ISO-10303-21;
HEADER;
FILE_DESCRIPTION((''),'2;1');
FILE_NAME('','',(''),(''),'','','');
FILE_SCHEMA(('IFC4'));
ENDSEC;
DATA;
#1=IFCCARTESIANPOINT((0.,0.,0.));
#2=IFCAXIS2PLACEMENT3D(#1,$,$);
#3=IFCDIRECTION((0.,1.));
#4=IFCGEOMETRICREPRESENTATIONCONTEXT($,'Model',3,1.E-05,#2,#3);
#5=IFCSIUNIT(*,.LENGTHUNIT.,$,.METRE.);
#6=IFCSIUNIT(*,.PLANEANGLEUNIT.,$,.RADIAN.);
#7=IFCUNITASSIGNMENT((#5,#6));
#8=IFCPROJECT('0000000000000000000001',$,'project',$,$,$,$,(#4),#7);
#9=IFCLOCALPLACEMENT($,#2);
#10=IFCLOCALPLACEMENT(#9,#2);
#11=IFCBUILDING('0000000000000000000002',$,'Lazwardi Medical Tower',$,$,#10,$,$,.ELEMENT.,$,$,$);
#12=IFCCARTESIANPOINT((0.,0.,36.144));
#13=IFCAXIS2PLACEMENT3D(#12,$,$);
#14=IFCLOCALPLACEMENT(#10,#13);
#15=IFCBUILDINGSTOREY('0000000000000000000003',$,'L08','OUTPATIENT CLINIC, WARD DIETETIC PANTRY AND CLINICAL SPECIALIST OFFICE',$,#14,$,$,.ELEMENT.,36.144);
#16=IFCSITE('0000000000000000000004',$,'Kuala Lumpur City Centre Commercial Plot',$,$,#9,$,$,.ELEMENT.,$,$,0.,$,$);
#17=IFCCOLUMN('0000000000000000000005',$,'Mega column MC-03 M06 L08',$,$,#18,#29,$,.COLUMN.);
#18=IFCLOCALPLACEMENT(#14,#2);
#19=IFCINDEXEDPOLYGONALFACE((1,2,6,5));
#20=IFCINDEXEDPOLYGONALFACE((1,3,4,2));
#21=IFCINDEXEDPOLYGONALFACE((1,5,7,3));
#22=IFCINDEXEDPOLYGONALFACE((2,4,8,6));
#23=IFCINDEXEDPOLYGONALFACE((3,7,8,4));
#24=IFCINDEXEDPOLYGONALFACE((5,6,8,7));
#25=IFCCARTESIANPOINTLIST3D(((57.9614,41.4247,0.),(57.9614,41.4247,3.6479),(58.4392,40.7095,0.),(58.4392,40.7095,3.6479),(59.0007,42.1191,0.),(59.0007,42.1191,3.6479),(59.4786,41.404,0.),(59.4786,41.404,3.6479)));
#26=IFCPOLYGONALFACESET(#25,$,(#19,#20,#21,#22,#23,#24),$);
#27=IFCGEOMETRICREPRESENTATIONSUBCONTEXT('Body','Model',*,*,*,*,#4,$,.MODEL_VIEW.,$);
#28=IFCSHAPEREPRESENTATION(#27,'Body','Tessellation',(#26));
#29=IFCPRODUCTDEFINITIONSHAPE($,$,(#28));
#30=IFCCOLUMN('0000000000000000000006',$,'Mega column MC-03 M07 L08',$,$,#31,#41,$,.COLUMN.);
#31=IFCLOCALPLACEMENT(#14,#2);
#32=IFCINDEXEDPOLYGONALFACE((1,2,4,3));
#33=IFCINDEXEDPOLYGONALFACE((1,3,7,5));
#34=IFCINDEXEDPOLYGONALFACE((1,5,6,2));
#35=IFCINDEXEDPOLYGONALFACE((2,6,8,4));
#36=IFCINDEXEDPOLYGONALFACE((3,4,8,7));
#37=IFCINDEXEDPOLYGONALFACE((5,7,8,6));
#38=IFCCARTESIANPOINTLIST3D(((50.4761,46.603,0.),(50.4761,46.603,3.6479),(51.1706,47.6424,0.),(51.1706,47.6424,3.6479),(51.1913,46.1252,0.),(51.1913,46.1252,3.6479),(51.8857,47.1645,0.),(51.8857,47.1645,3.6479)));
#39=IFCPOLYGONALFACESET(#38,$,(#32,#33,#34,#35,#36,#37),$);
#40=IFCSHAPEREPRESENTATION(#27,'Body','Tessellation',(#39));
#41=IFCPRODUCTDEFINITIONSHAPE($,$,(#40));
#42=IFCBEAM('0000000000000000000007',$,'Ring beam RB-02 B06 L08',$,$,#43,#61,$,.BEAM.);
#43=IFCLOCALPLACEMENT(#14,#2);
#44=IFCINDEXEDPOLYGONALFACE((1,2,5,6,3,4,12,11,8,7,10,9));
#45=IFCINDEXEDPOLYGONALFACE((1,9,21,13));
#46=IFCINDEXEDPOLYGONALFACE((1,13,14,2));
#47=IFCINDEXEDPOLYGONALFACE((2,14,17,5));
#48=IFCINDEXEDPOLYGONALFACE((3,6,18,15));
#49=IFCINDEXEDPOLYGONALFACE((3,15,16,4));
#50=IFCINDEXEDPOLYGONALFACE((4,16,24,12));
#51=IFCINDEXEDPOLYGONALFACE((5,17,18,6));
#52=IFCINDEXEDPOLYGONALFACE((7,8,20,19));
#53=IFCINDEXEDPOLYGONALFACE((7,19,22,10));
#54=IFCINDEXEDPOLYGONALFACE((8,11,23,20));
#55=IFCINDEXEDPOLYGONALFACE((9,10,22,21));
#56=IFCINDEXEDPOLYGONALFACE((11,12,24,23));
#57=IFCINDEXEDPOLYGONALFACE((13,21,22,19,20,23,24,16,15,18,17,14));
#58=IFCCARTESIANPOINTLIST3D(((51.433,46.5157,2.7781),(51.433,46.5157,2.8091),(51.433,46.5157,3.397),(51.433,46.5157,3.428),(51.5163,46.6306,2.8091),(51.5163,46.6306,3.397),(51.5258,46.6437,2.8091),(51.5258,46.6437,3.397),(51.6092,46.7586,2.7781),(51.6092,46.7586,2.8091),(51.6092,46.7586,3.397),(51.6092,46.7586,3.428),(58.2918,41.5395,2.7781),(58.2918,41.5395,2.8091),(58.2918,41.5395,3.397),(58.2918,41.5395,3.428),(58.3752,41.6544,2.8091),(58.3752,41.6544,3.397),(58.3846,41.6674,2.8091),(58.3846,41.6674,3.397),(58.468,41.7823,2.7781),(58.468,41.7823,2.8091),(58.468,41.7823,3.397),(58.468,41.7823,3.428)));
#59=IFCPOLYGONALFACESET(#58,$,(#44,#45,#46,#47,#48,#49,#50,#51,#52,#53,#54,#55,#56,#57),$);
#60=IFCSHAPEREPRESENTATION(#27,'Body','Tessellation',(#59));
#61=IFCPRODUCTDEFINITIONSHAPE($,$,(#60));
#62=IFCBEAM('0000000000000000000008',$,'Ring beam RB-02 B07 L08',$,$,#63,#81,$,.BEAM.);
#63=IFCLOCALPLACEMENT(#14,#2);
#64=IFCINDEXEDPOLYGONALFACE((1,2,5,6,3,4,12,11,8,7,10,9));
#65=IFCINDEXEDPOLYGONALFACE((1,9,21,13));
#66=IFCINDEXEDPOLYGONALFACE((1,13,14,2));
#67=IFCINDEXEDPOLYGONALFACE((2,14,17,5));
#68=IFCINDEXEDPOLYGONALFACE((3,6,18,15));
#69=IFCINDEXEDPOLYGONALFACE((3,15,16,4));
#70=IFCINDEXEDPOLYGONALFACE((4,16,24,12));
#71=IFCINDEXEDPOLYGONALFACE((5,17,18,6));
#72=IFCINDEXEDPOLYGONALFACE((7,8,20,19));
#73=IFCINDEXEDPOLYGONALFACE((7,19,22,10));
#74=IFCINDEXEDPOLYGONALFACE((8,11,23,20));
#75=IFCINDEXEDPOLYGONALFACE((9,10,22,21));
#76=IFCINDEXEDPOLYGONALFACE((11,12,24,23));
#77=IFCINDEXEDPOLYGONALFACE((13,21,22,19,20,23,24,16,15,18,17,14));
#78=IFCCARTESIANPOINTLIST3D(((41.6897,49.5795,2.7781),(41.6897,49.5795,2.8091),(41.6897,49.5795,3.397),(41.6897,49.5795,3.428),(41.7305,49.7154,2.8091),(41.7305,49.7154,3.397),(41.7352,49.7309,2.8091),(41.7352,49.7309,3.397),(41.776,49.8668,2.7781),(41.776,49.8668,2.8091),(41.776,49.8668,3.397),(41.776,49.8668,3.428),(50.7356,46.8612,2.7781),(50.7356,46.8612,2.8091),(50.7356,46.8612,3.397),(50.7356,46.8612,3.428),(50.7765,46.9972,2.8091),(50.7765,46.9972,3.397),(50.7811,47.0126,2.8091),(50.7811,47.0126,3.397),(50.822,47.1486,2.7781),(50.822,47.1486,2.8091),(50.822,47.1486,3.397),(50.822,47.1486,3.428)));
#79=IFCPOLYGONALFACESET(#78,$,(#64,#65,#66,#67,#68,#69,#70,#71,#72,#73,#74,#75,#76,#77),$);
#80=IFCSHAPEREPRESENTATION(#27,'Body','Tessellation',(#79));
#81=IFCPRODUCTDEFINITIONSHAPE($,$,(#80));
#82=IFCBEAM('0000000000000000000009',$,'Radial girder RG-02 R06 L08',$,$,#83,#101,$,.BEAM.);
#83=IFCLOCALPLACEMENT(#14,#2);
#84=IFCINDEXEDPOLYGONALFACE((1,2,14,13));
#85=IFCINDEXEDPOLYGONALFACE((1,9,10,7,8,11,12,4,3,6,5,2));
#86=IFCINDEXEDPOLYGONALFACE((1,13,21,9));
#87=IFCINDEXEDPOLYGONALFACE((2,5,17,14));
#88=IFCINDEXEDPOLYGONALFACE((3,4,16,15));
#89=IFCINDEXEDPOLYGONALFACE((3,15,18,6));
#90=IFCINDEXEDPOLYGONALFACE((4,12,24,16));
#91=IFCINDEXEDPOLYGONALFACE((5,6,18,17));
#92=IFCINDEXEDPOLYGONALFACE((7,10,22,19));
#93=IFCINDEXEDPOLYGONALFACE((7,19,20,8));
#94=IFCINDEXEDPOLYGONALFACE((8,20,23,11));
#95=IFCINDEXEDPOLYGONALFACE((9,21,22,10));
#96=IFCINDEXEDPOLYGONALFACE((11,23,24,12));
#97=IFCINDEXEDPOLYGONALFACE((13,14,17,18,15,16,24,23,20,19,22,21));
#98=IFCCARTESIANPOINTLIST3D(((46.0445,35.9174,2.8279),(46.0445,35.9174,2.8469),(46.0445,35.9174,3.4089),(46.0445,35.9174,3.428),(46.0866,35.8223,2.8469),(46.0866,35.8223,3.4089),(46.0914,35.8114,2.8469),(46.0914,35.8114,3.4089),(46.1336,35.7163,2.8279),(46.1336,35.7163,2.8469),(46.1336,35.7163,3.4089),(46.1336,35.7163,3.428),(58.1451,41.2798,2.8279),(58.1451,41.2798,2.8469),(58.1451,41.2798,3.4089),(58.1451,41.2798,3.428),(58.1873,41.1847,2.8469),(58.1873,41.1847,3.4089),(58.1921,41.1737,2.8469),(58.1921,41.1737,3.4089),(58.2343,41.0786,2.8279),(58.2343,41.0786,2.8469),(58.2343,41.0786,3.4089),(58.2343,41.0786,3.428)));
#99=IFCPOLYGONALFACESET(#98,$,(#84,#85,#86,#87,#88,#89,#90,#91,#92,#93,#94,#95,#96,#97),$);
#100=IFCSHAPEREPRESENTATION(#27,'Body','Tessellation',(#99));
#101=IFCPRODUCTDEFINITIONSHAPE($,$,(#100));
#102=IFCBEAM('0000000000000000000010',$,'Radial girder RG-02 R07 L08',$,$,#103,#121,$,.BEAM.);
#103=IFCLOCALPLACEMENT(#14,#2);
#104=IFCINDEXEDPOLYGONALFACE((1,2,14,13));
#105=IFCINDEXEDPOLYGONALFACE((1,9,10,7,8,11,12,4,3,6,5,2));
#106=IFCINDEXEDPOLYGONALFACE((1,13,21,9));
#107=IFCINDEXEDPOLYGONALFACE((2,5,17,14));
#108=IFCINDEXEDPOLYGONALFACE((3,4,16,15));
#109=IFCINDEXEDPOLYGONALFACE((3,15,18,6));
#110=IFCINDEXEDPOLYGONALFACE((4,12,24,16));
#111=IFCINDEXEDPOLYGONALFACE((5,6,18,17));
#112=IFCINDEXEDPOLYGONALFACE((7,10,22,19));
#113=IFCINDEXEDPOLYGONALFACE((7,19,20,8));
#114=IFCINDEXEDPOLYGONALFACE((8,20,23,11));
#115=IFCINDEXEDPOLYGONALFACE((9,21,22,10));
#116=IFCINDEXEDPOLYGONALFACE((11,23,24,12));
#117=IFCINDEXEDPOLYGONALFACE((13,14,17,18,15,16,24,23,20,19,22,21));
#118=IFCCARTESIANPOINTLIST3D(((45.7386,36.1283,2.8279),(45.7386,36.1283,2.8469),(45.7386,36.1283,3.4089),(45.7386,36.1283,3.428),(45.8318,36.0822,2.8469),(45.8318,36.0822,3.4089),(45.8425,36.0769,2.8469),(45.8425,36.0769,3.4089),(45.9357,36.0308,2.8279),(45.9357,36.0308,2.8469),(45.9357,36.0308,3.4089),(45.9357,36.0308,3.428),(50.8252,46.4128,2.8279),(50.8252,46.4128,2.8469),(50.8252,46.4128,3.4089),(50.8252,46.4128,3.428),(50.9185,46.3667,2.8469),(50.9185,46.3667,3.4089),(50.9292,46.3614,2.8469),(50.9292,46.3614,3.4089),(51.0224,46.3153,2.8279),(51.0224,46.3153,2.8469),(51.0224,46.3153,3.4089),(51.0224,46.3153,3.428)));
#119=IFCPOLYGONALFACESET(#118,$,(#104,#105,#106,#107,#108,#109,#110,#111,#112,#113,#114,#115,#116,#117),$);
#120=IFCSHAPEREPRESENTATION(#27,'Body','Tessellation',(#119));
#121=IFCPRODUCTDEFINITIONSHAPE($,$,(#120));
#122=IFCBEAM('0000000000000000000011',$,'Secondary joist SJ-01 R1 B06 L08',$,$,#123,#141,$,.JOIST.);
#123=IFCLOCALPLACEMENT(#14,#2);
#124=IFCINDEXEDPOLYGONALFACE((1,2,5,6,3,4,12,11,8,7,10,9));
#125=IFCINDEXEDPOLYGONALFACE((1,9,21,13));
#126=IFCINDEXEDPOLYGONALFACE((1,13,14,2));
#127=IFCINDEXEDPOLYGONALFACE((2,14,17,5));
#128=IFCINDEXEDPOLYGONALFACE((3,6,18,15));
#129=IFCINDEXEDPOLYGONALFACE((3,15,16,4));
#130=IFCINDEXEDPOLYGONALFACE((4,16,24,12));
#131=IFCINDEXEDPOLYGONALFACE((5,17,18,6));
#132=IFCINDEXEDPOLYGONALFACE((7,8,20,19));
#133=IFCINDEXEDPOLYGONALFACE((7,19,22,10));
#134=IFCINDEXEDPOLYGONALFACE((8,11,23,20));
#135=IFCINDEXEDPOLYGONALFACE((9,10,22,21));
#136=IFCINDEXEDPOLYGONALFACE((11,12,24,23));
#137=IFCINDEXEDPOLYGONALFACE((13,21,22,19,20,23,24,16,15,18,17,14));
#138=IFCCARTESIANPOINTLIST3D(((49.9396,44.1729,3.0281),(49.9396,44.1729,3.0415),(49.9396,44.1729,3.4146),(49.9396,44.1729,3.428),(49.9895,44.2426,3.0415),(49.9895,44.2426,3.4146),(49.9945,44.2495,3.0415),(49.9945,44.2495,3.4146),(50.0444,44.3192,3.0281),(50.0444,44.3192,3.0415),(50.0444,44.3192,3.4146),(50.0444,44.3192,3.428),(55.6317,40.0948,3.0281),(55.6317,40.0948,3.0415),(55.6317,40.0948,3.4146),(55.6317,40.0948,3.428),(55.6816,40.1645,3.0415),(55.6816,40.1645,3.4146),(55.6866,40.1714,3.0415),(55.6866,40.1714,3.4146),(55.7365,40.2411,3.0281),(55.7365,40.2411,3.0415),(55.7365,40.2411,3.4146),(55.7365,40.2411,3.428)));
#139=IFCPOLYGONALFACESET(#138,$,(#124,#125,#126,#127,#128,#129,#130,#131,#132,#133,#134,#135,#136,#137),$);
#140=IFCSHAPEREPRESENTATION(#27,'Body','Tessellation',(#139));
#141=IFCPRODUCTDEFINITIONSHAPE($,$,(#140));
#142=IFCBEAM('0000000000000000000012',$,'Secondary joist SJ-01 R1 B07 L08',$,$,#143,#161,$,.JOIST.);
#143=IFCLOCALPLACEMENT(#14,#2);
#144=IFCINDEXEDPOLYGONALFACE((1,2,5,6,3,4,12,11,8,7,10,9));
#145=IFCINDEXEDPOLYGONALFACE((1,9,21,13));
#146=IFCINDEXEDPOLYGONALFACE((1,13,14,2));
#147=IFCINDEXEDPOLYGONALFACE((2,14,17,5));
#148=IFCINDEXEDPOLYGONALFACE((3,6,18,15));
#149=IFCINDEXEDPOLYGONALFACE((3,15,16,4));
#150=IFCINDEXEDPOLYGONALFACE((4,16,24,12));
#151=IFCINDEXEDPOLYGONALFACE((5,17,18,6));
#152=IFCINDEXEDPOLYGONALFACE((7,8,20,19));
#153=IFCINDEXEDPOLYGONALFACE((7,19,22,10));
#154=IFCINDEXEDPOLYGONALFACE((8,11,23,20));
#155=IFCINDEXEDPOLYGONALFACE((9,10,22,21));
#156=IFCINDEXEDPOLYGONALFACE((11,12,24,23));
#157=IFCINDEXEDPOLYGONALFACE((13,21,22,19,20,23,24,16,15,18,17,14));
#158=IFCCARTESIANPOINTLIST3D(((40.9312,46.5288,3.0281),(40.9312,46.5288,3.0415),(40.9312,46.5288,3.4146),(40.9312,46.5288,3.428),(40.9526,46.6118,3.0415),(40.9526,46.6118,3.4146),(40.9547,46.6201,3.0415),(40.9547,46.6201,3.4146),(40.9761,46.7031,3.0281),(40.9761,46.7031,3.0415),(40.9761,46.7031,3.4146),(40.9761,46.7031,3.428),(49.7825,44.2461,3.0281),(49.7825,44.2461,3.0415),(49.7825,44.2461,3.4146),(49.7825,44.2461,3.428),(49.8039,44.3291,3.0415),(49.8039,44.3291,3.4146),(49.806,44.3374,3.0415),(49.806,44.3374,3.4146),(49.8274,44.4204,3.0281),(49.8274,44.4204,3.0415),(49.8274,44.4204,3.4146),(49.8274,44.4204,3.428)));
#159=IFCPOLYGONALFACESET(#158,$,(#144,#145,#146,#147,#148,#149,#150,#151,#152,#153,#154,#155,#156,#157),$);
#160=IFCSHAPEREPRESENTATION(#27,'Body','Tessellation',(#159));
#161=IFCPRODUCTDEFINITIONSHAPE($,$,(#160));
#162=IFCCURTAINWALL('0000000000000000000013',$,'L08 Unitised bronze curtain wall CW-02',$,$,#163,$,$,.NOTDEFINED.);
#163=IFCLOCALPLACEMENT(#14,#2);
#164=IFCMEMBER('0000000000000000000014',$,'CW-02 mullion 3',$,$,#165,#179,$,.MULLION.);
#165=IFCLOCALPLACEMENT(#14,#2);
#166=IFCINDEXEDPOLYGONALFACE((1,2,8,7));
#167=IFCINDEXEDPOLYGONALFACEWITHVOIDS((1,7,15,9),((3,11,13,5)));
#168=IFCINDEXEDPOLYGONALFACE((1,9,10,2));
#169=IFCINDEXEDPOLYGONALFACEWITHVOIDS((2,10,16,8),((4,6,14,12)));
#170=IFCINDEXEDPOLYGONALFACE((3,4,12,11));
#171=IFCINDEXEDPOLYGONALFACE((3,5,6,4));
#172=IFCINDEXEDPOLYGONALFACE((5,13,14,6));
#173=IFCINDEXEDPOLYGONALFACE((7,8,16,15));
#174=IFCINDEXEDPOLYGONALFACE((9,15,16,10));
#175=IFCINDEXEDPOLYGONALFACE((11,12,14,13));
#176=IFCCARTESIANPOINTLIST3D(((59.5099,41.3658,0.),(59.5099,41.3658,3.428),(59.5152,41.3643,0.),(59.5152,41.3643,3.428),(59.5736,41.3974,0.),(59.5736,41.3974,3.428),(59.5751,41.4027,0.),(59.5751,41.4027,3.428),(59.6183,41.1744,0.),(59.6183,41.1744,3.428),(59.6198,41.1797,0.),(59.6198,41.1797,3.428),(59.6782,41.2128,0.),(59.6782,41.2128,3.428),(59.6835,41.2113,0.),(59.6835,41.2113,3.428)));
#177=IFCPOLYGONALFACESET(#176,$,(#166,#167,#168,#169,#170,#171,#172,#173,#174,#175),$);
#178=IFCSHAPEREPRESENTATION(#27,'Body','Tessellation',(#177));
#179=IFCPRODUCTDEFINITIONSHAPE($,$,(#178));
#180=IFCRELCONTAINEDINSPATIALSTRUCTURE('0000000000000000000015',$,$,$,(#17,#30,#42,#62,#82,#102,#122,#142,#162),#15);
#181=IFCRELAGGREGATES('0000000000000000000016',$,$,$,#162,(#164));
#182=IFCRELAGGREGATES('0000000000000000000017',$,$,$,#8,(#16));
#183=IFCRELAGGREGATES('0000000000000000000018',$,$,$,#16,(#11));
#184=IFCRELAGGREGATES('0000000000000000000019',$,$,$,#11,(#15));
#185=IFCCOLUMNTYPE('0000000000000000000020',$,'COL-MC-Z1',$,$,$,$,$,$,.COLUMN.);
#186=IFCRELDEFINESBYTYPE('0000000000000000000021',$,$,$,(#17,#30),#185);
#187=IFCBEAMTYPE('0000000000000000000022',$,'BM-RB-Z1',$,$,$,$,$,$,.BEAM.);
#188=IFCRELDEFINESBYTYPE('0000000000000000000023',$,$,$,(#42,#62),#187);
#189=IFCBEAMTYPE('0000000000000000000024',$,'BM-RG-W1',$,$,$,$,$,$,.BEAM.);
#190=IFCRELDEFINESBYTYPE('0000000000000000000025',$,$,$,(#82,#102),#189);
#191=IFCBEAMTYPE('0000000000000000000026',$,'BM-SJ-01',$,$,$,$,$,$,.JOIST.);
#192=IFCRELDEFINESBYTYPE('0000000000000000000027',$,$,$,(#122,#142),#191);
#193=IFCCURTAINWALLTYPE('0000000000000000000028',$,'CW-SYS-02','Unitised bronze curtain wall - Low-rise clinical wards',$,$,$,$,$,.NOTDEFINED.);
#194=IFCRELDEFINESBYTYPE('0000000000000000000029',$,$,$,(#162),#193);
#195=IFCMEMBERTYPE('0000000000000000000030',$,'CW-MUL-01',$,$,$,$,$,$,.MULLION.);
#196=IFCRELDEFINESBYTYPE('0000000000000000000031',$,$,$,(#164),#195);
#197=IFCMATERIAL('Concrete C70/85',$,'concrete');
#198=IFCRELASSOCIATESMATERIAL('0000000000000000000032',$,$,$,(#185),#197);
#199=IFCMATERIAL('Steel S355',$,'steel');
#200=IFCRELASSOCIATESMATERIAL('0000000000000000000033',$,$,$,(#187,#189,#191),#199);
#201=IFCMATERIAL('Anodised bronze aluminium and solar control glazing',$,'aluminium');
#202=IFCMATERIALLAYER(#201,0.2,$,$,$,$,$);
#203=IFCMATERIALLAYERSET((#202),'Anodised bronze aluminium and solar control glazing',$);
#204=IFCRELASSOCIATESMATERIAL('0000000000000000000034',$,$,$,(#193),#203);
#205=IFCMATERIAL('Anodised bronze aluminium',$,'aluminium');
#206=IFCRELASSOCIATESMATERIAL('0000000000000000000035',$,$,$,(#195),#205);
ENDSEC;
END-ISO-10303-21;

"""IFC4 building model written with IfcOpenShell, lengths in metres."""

from ifc_helpers import new_model, si_unit, direction, frame, origin, origin_2d, place, context, subcontext, project, spatial, rectangle, hollow_rectangle, i_section, extrude, material, layer, layer_set, material_profile, profile_set, type_object, element, aggregate, save


model = new_model("IFC4")

# Units and contexts
model_context = context("Model", 3, precision=1e-05, world=origin(), true_north=direction((0.0, 1.0)))
body_context = subcontext(model_context, "Body", "Model", "MODEL_VIEW")
ifc_project = project(units=[si_unit("LENGTHUNIT", "METRE"), si_unit("PLANEANGLEUNIT", "RADIAN")], contexts=[model_context])

# Site, building, storey
site_placement = place(None, origin())
site = spatial("IfcSite", under=ifc_project, at=site_placement, Name="Kuala Lumpur City Centre Commercial Plot", CompositionType="ELEMENT", RefElevation=0.0)
building_placement = place(site_placement, origin())
building = spatial("IfcBuilding", under=site, at=building_placement, Name="Lazwardi Medical Tower", CompositionType="ELEMENT")
storey_placement = place(building_placement, frame((0.0, 0.0, 36.144)))
storey = spatial("IfcBuildingStorey", under=building, at=storey_placement, Name="L08", Description="OUTPATIENT CLINIC, WARD DIETETIC PANTRY AND CLINICAL SPECIALIST OFFICE", CompositionType="ELEMENT", Elevation=36.144)

# Columns
ifc_material_1 = material(Name="Concrete C70/85", Category="concrete")
ifc_material_profile_1 = material_profile(ifc_material_1, rectangle(XDim=1.25, YDim=0.8601, at=origin_2d()), Name="CFT-RECT 1250x860")
ifc_profile_set_1 = profile_set([ifc_material_profile_1], Name="Concrete C70/85")
column_type = type_object("IfcColumnType", Name="COL-MC-Z1", PredefinedType="COLUMN", material=ifc_profile_set_1)
for number, where, z_axis, x_axis, name in (
    (1, (58.72, 41.4143, 0.0), (0.0, 0.0, 1.0), (0.83147, 0.55557, 0.0), "Mega column MC-03 M06 L08"),
    (2, (51.1809, 46.8838, 0.0), (0.0, 0.0, 1.0), (0.55557, 0.83147, 0.0), "Mega column MC-03 M07 L08"),
):
    element("IfcColumn", number, at=place(storey_placement, frame(where, z_axis=z_axis, x_axis=x_axis)), inside=storey, type_object=column_type, Name=name, PredefinedType="COLUMN", context=body_context, shape_type="SweptSolid", body=[
        extrude(rectangle(XDim=1.25, YDim=0.8601, at=origin_2d()), origin(), (0.0, 0.0, 1.0), 3.6479),
    ])

# Beams
ifc_material_2 = material(Name="Steel S355", Category="steel")
ifc_material_profile_2 = material_profile(ifc_material_2, i_section(OverallWidth=0.3, OverallDepth=0.6499, WebThickness=0.0161, FlangeThickness=0.031, at=origin_2d()), Name="HEB 650")
ifc_profile_set_2 = profile_set([ifc_material_profile_2], Name="Steel S355")
beam_type_1 = type_object("IfcBeamType", Name="BM-RB-Z1", PredefinedType="BEAM", material=ifc_profile_set_2)
beam_1_placement = place(storey_placement, frame((58.3799, 41.6609, 3.103), z_axis=(-0.809407, 0.587248, 0.0), x_axis=(-0.587248, -0.809407, 0.0)))
element("IfcBeam", 3, at=beam_1_placement, inside=storey, type_object=beam_type_1, Name="Ring beam RB-02 B06 L08", PredefinedType="BEAM", context=body_context, shape_type="SweptSolid", body=[
    extrude(i_section(OverallWidth=0.3, OverallDepth=0.6499, WebThickness=0.0161, FlangeThickness=0.031, at=origin_2d()), origin(), (0.0, 0.0, 1.0), 8.4739),
])
beam_2_placement = place(storey_placement, frame((50.7788, 47.0049, 3.103), z_axis=(-0.957695, 0.287784, 0.0), x_axis=(-0.287784, -0.957695, 0.0)))
element("IfcBeam", 4, at=beam_2_placement, inside=storey, type_object=beam_type_1, Name="Ring beam RB-02 B07 L08", PredefinedType="BEAM", context=body_context, shape_type="SweptSolid", body=[
    extrude(i_section(OverallWidth=0.3, OverallDepth=0.6499, WebThickness=0.0161, FlangeThickness=0.031, at=origin_2d()), origin(), (0.0, 0.0, 1.0), 9.4456),
])
ifc_material_profile_3 = material_profile(ifc_material_2, i_section(OverallWidth=0.22, OverallDepth=0.6001, WebThickness=0.012, FlangeThickness=0.019, at=origin_2d()), Name="IPE 600")
ifc_profile_set_3 = profile_set([ifc_material_profile_3], Name="Steel S355")
beam_type_2 = type_object("IfcBeamType", Name="BM-RG-W1", PredefinedType="BEAM", material=ifc_profile_set_3)
beam_3_placement = place(storey_placement, frame((58.1897, 41.1792, 3.1279), z_axis=(-0.914252, -0.405146, 0.0), x_axis=(0.405146, -0.914252, 0.0)))
element("IfcBeam", 5, at=beam_3_placement, inside=storey, type_object=beam_type_2, Name="Radial girder RG-02 R06 L08", PredefinedType="BEAM", context=body_context, shape_type="SweptSolid", body=[
    extrude(i_section(OverallWidth=0.22, OverallDepth=0.6001, WebThickness=0.012, FlangeThickness=0.019, at=origin_2d()), origin(), (0.0, 0.0, 1.0), 13.2356),
])
beam_4_placement = place(storey_placement, frame((50.9238, 46.364, 3.1279), z_axis=(-0.443337, -0.896355, 0.0), x_axis=(0.896355, -0.443337, 0.0)))
element("IfcBeam", 6, at=beam_4_placement, inside=storey, type_object=beam_type_2, Name="Radial girder RG-02 R07 L08", PredefinedType="BEAM", context=body_context, shape_type="SweptSolid", body=[
    extrude(i_section(OverallWidth=0.22, OverallDepth=0.6001, WebThickness=0.012, FlangeThickness=0.019, at=origin_2d()), origin(), (0.0, 0.0, 1.0), 11.4736),
])
ifc_material_profile_4 = material_profile(ifc_material_2, i_section(OverallWidth=0.1799, OverallDepth=0.3999, WebThickness=0.0085, FlangeThickness=0.0134, at=origin_2d()), Name="IPE 400")
ifc_profile_set_4 = profile_set([ifc_material_profile_4], Name="Steel S355")
beam_type_3 = type_object("IfcBeamType", Name="BM-SJ-01", PredefinedType="JOIST", material=ifc_profile_set_4)
beam_5_placement = place(storey_placement, frame((55.6841, 40.168, 3.228), z_axis=(-0.812901, 0.582402, 0.0), x_axis=(-0.582402, -0.812901, 0.0)))
element("IfcBeam", 7, at=beam_5_placement, inside=storey, type_object=beam_type_3, Name="Secondary joist SJ-01 R1 B06 L08", PredefinedType="JOIST", context=body_context, shape_type="SweptSolid", body=[
    extrude(i_section(OverallWidth=0.1799, OverallDepth=0.3999, WebThickness=0.0085, FlangeThickness=0.0134, at=origin_2d()), origin(), (0.0, 0.0, 1.0), 7.0022),
])
beam_6_placement = place(storey_placement, frame((49.8049, 44.3333, 3.228), z_axis=(-0.968317, 0.249725, 0.0), x_axis=(-0.249725, -0.968317, 0.0)))
element("IfcBeam", 8, at=beam_6_placement, inside=storey, type_object=beam_type_3, Name="Secondary joist SJ-01 R1 B07 L08", PredefinedType="JOIST", context=body_context, shape_type="SweptSolid", body=[
    extrude(i_section(OverallWidth=0.1799, OverallDepth=0.3999, WebThickness=0.0085, FlangeThickness=0.0134, at=origin_2d()), origin(), (0.0, 0.0, 1.0), 9.1409),
])

# Curtain wall, member
ifc_material_3 = material(Name="Anodised bronze aluminium and solar control glazing", Category="aluminium")
ifc_layer_1 = layer(ifc_material_3, 0.2)
ifc_layer_set_1 = layer_set([ifc_layer_1], Name="Anodised bronze aluminium and solar control glazing")
curtain_wall_type = type_object("IfcCurtainWallType", Name="CW-SYS-02", Description="Unitised bronze curtain wall - Low-rise clinical wards", PredefinedType="NOTDEFINED", material=ifc_layer_set_1)
curtain_wall_1_placement = place(storey_placement, origin())
curtain_wall_1 = element("IfcCurtainWall", 9, at=curtain_wall_1_placement, inside=storey, type_object=curtain_wall_type, Name="L08 Unitised bronze curtain wall CW-02", PredefinedType="NOTDEFINED")
ifc_material_4 = material(Name="Anodised bronze aluminium", Category="aluminium")
ifc_material_profile_5 = material_profile(ifc_material_4, hollow_rectangle(XDim=0.075, YDim=0.22, WallThickness=0.0039, at=origin_2d()), Name="ALU-MULLION 220x75x4")
ifc_profile_set_5 = profile_set([ifc_material_profile_5], Name="Anodised bronze aluminium")
member_type_1 = type_object("IfcMemberType", Name="CW-MUL-01", PredefinedType="MULLION", material=ifc_profile_set_5)
member_1_placement = place(storey_placement, frame((59.5967, 41.2886, 0.0), z_axis=(0.0, 0.0, 1.0), x_axis=(-0.870112, -0.492854, 0.0)))
member_1 = element("IfcMember", 10, at=member_1_placement, type_object=member_type_1, Name="CW-02 mullion 3", PredefinedType="MULLION", context=body_context, shape_type="SweptSolid", body=[
    extrude(hollow_rectangle(XDim=0.075, YDim=0.22, WallThickness=0.0039, at=origin_2d()), origin(), (0.0, 0.0, 1.0), 3.428),
])

aggregate(curtain_wall_1, [member_1])

save(model, "model.ifc")
